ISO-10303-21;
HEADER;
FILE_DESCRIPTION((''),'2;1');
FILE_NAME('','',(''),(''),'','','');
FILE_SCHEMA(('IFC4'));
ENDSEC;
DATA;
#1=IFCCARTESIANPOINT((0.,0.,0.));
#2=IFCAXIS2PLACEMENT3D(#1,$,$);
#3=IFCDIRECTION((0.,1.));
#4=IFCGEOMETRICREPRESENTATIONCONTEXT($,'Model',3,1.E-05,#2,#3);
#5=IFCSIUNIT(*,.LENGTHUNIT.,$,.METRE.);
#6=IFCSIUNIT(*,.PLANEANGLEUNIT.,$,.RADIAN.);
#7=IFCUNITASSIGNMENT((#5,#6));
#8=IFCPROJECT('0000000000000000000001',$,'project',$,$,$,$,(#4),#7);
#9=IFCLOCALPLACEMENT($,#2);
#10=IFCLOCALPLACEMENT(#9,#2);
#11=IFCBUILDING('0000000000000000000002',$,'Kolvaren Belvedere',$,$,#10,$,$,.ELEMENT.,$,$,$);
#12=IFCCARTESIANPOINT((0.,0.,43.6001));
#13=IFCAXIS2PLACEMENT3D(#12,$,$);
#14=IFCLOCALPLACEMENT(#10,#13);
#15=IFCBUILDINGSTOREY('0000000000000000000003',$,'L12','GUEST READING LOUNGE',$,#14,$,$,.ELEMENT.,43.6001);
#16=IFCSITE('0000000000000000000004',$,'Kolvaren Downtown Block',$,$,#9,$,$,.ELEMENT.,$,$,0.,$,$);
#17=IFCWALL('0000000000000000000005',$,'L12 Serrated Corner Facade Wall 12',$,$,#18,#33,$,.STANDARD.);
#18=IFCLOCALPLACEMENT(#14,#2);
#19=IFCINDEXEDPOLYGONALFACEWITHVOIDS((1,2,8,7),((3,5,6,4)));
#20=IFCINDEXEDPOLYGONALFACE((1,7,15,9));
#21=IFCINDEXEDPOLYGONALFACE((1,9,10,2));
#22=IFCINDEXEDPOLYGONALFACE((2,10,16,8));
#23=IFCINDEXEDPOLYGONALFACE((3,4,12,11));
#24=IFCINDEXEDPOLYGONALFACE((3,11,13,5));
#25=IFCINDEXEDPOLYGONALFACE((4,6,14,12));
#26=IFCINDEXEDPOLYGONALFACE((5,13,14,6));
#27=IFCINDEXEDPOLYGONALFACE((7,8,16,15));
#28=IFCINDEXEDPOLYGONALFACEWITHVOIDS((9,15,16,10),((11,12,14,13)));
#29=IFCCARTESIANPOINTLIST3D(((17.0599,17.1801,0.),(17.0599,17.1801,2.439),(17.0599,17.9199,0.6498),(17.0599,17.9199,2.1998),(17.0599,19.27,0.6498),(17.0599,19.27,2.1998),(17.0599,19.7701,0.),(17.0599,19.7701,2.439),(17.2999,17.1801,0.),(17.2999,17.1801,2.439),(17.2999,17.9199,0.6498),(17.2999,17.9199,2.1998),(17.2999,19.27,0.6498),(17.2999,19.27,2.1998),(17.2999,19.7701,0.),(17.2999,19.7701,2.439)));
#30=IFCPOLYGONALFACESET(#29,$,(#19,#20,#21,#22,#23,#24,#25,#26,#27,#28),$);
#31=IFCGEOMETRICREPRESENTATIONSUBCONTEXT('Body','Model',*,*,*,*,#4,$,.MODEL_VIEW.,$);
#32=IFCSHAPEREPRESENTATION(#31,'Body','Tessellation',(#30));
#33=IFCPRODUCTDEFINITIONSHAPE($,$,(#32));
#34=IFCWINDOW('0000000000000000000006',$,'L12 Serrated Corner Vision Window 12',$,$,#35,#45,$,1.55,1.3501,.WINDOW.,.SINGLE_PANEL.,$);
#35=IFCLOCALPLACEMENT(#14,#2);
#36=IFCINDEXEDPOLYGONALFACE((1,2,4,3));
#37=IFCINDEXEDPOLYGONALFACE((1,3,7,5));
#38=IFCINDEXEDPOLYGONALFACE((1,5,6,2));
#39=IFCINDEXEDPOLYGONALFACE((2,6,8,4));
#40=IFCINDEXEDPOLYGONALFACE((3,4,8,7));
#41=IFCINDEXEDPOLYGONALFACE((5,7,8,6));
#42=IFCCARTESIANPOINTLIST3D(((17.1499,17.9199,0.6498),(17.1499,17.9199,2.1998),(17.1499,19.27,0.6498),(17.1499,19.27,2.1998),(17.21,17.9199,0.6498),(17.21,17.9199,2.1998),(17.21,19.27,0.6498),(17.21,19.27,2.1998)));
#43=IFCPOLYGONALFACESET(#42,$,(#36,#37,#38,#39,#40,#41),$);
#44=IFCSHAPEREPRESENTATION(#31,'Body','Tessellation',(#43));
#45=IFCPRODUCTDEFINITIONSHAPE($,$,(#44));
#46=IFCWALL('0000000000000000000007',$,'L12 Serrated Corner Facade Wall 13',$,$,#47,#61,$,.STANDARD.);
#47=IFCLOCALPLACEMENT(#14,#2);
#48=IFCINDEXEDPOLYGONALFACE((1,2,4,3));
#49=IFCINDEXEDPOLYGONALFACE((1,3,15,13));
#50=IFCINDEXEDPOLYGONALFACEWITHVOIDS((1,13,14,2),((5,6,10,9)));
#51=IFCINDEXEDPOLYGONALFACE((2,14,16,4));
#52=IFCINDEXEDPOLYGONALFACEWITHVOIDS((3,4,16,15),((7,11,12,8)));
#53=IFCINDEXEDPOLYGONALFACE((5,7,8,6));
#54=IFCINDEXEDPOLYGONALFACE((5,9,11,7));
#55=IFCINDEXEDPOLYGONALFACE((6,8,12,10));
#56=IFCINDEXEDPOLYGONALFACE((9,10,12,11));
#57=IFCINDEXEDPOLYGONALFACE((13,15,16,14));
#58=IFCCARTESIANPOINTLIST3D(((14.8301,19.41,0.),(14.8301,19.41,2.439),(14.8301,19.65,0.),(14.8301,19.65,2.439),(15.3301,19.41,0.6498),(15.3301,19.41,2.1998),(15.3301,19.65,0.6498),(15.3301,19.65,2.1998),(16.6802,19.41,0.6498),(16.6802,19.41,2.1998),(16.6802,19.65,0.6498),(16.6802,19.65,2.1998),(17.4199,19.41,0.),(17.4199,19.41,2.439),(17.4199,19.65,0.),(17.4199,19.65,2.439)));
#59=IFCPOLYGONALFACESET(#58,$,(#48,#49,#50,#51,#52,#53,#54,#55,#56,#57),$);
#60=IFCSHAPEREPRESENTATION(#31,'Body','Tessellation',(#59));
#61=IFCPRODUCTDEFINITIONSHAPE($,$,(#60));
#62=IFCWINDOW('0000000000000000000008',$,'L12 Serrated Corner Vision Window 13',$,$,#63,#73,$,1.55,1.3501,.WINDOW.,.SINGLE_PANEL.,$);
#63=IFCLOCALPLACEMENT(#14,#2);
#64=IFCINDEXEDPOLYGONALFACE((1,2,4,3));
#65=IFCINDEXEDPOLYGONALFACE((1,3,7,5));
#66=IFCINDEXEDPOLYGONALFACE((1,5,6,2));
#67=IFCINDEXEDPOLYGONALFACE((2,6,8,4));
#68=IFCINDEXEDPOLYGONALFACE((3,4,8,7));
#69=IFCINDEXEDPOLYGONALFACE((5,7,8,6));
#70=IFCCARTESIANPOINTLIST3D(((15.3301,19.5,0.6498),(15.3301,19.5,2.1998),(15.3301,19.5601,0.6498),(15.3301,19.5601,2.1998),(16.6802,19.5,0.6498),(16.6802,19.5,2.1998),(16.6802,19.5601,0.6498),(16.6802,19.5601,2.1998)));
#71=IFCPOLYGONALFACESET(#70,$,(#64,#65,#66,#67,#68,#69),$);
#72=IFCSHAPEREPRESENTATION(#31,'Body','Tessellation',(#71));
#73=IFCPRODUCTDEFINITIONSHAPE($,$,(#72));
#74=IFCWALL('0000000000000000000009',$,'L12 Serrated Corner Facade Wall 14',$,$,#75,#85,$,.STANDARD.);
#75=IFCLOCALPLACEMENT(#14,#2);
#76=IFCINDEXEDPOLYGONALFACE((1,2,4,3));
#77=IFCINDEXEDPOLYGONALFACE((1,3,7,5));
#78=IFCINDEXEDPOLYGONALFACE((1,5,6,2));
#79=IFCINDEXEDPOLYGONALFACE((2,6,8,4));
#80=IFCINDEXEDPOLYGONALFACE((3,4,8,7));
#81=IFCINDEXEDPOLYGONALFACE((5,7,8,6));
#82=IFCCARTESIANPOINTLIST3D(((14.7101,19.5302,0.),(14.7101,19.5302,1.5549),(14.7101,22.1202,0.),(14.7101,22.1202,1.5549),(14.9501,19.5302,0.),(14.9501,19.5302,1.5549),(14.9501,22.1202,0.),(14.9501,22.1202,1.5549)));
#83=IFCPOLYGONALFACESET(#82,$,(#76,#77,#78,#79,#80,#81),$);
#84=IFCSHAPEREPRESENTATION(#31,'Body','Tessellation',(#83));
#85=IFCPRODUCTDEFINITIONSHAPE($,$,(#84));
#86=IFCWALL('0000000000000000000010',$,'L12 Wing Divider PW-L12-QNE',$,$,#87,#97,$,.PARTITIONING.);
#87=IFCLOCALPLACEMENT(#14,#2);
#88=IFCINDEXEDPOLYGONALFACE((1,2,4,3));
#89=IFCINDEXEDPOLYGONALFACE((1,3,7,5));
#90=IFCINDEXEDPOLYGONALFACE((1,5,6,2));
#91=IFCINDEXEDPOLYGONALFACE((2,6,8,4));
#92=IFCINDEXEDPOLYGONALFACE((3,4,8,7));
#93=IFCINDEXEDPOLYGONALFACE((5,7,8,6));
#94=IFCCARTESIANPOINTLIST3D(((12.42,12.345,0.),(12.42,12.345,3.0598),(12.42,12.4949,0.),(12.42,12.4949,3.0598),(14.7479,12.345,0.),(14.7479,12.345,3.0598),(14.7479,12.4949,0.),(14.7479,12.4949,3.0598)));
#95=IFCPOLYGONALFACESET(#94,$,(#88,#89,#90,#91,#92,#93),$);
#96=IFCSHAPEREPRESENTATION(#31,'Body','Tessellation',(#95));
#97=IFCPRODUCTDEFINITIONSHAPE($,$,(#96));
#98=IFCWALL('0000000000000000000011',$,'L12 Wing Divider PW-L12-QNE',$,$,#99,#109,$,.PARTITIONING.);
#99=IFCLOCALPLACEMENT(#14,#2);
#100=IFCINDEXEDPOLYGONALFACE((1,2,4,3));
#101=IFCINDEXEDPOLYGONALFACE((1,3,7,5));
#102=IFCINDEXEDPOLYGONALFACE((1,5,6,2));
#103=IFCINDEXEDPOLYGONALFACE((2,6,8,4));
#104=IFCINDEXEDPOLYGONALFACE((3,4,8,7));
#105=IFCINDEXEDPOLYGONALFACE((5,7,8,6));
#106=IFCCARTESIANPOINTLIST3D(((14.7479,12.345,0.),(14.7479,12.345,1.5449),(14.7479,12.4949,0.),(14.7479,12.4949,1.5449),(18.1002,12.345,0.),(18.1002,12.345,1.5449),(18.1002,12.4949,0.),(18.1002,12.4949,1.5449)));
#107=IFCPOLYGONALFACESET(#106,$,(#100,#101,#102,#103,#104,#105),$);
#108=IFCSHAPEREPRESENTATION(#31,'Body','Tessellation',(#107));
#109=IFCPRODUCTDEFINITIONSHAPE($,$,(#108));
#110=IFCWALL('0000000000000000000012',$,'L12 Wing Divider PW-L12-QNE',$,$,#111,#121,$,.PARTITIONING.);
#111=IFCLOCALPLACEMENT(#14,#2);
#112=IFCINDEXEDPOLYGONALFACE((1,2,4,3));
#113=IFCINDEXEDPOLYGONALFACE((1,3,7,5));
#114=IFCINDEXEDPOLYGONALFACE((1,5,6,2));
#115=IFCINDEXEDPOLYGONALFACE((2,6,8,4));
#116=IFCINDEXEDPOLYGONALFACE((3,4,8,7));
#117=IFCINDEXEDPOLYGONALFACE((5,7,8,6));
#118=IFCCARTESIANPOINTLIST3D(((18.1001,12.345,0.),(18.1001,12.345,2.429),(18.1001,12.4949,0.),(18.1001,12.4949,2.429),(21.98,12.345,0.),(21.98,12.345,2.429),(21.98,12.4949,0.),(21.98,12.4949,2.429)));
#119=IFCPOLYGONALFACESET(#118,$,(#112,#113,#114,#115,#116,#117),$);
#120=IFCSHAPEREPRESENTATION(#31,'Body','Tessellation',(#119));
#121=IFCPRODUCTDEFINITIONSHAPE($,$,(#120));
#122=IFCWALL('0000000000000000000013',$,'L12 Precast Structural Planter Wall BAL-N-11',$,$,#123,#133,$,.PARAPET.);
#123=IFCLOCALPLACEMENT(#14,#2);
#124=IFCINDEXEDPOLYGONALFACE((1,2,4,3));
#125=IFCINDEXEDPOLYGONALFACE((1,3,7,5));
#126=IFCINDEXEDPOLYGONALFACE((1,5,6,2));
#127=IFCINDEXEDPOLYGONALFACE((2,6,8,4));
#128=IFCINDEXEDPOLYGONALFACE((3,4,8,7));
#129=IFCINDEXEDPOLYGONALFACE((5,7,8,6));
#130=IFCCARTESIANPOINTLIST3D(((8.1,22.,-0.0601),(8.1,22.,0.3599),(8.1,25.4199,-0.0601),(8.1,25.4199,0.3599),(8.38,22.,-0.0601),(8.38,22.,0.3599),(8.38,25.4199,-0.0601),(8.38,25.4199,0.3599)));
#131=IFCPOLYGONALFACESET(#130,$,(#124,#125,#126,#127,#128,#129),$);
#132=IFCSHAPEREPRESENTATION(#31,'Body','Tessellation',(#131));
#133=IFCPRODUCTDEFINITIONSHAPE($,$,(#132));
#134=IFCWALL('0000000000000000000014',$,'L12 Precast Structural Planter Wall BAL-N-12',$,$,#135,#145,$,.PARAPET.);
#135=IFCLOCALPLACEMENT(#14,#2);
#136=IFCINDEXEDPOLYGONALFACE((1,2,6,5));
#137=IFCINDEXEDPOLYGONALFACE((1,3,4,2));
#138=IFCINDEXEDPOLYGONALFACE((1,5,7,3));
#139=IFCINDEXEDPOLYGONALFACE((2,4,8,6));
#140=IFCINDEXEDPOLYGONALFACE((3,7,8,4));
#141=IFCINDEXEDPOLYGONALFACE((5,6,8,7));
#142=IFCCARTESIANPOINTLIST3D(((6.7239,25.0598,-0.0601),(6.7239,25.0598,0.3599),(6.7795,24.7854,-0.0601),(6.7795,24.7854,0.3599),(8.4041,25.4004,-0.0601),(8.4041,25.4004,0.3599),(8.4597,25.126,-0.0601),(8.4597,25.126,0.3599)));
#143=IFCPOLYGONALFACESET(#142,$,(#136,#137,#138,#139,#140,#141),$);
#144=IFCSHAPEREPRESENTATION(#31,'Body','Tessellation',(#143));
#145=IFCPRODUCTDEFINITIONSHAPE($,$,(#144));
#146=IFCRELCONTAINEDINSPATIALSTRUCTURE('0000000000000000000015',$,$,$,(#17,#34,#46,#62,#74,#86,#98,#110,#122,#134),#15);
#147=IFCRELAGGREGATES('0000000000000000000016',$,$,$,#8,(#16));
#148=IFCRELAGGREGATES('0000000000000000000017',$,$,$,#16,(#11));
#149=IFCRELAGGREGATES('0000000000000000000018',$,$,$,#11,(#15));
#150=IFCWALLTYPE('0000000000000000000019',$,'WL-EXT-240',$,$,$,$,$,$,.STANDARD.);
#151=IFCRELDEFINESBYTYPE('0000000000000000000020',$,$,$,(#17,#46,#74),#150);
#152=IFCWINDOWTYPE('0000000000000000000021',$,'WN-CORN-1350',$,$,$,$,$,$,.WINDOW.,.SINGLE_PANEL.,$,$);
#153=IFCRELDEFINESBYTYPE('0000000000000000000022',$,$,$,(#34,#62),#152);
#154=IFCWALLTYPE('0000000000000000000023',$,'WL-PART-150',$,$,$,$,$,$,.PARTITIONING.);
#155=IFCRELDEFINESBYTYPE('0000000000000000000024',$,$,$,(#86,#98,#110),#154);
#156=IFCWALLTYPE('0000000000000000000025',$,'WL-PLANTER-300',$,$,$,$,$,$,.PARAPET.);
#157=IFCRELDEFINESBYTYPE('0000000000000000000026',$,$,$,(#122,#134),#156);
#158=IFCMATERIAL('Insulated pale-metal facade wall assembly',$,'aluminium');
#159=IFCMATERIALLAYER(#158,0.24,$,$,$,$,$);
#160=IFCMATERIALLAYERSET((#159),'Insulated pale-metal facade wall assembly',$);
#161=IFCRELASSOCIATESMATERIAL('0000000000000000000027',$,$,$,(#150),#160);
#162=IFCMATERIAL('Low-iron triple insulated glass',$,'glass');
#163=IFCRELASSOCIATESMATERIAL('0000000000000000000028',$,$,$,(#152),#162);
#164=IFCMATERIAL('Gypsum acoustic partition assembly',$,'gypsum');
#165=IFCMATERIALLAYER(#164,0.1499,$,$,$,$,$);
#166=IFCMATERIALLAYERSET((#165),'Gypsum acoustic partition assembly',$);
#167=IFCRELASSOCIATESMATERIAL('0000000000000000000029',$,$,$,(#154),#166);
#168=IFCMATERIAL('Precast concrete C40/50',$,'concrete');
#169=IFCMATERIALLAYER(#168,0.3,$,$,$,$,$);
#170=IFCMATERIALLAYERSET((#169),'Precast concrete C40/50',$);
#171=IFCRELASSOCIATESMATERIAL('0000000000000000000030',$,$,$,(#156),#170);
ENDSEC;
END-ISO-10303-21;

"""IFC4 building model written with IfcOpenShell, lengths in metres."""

from ifc_helpers import new_model, si_unit, direction, frame, frame_2d, origin, place, context, subcontext, project, spatial, rectangle, extrude, material, layer, layer_set, type_object, element, fill, save


model = new_model("IFC4")

# Units and contexts
model_context = context("Model", 3, precision=1e-05, world=origin(), true_north=direction((0.0, 1.0)))
body_context = subcontext(model_context, "Body", "Model", "MODEL_VIEW")
ifc_project = project(units=[si_unit("LENGTHUNIT", "METRE"), si_unit("PLANEANGLEUNIT", "RADIAN")], contexts=[model_context])

# Site, building, storey
site_placement = place(None, origin())
site = spatial("IfcSite", under=ifc_project, at=site_placement, Name="Kolvaren Downtown Block", CompositionType="ELEMENT", RefElevation=0.0)
building_placement = place(site_placement, origin())
building = spatial("IfcBuilding", under=site, at=building_placement, Name="Kolvaren Belvedere", CompositionType="ELEMENT")
storey_placement = place(building_placement, frame((0.0, 0.0, 43.6001)))
storey = spatial("IfcBuildingStorey", under=building, at=storey_placement, Name="L12", Description="GUEST READING LOUNGE", CompositionType="ELEMENT", Elevation=43.6001)

# Shared definitions
ifc_material_1 = material(Name="Insulated pale-metal facade wall assembly", Category="aluminium")
ifc_layer_1 = layer(ifc_material_1, 0.24)
ifc_layer_set_1 = layer_set([ifc_layer_1], Name="Insulated pale-metal facade wall assembly")
wall_type_1 = type_object("IfcWallType", Name="WL-EXT-240", PredefinedType="STANDARD", material=ifc_layer_set_1)

# Walls, openings, windows
ifc_material_2 = material(Name="Low-iron triple insulated glass", Category="glass")
window_type = type_object("IfcWindowType", Name="WN-CORN-1350", PartitioningType="SINGLE_PANEL", PredefinedType="WINDOW", material=ifc_material_2)
wall_1_placement = place(storey_placement, frame((17.1799, 19.77, 0.0), z_axis=(0.0, 0.0, 1.0), x_axis=(0.0, -1.0, 0.0)))
wall_1 = element("IfcWall", 1, at=wall_1_placement, inside=storey, type_object=wall_type_1, Name="L12 Serrated Corner Facade Wall 12", PredefinedType="STANDARD", context=body_context, shape_type="SweptSolid", body=[
    extrude(rectangle(XDim=2.5901, YDim=0.24, at=frame_2d((1.2949, 0.0))), origin(), (0.0, 0.0, 1.0), 2.439),
])
opening_1_placement = place(wall_1_placement, frame((0.5, 0.0, 0.6499)))
opening_1 = element("IfcOpeningElement", 2, at=opening_1_placement, cuts=wall_1, PredefinedType="OPENING", context=body_context, shape_type="SweptSolid", body=[
    extrude(rectangle(XDim=1.3501, YDim=1.55, at=frame_2d((0.675, 0.7749))), frame((0.0, 0.1299, 0.0), z_axis=(0.0, -1.0, 0.0), x_axis=(1.0, 0.0, 0.0)), (0.0, 0.0, 1.0), 0.26),
])
window_1_placement = place(opening_1_placement, origin())
window_1 = element("IfcWindow", 3, at=window_1_placement, inside=storey, type_object=window_type, Name="L12 Serrated Corner Vision Window 12", OverallHeight=1.55, OverallWidth=1.3501, PartitioningType="SINGLE_PANEL", PredefinedType="WINDOW", context=body_context, shape_type="SweptSolid", body=[
    extrude(rectangle(XDim=1.3501, YDim=1.55, at=frame_2d((0.675, 0.7749))), frame((0.0, 0.03, 0.0), z_axis=(0.0, -1.0, 0.0), x_axis=(1.0, 0.0, 0.0)), (0.0, 0.0, 1.0), 0.0601),
])
fill(opening_1, window_1)
wall_2_placement = place(storey_placement, frame((14.8301, 19.53, 0.0), z_axis=(0.0, 0.0, 1.0), x_axis=(1.0, 0.0, 0.0)))
wall_2 = element("IfcWall", 4, at=wall_2_placement, inside=storey, type_object=wall_type_1, Name="L12 Serrated Corner Facade Wall 13", PredefinedType="STANDARD", context=body_context, shape_type="SweptSolid", body=[
    extrude(rectangle(XDim=2.5898, YDim=0.24, at=frame_2d((1.2949, 0.0))), origin(), (0.0, 0.0, 1.0), 2.439),
])
opening_2_placement = place(wall_2_placement, frame((0.5, 0.0, 0.6499)))
opening_2 = element("IfcOpeningElement", 5, at=opening_2_placement, cuts=wall_2, PredefinedType="OPENING", context=body_context, shape_type="SweptSolid", body=[
    extrude(rectangle(XDim=1.3501, YDim=1.55, at=frame_2d((0.675, 0.7749))), frame((0.0, 0.1299, 0.0), z_axis=(0.0, -1.0, 0.0), x_axis=(1.0, 0.0, 0.0)), (0.0, 0.0, 1.0), 0.26),
])
window_2_placement = place(opening_2_placement, origin())
window_2 = element("IfcWindow", 6, at=window_2_placement, inside=storey, type_object=window_type, Name="L12 Serrated Corner Vision Window 13", OverallHeight=1.55, OverallWidth=1.3501, PartitioningType="SINGLE_PANEL", PredefinedType="WINDOW", context=body_context, shape_type="SweptSolid", body=[
    extrude(rectangle(XDim=1.3501, YDim=1.55, at=frame_2d((0.675, 0.7749))), frame((0.0, 0.03, 0.0), z_axis=(0.0, -1.0, 0.0), x_axis=(1.0, 0.0, 0.0)), (0.0, 0.0, 1.0), 0.0601),
])
fill(opening_2, window_2)

# Walls
wall_3_placement = place(storey_placement, frame((14.8301, 22.1201, 0.0), z_axis=(0.0, 0.0, 1.0), x_axis=(0.0, -1.0, 0.0)))
element("IfcWall", 7, at=wall_3_placement, inside=storey, type_object=wall_type_1, Name="L12 Serrated Corner Facade Wall 14", PredefinedType="STANDARD", context=body_context, shape_type="SweptSolid", body=[
    extrude(rectangle(XDim=2.5901, YDim=0.24, at=frame_2d((1.2949, 0.0))), origin(), (0.0, 0.0, 1.0), 1.5549),
])
ifc_material_3 = material(Name="Gypsum acoustic partition assembly", Category="gypsum")
ifc_layer_2 = layer(ifc_material_3, 0.1499)
ifc_layer_set_2 = layer_set([ifc_layer_2], Name="Gypsum acoustic partition assembly")
wall_type_2 = type_object("IfcWallType", Name="WL-PART-150", PredefinedType="PARTITIONING", material=ifc_layer_set_2)
wall_4_placement = place(storey_placement, frame((12.4199, 12.4199, 0.0), z_axis=(0.0, 0.0, 1.0), x_axis=(1.0, 0.0, 0.0)))
element("IfcWall", 8, at=wall_4_placement, inside=storey, type_object=wall_type_2, Name="L12 Wing Divider PW-L12-QNE", PredefinedType="PARTITIONING", context=body_context, shape_type="SweptSolid", body=[
    extrude(rectangle(XDim=2.3279, YDim=0.1499, at=frame_2d((1.1641, 0.0))), origin(), (0.0, 0.0, 1.0), 3.0598),
])
wall_5_placement = place(storey_placement, frame((14.7478, 12.4199, 0.0), z_axis=(0.0, 0.0, 1.0), x_axis=(1.0, 0.0, 0.0)))
element("IfcWall", 9, at=wall_5_placement, inside=storey, type_object=wall_type_2, Name="L12 Wing Divider PW-L12-QNE", PredefinedType="PARTITIONING", context=body_context, shape_type="SweptSolid", body=[
    extrude(rectangle(XDim=3.3523, YDim=0.1499, at=frame_2d((1.6763, 0.0))), origin(), (0.0, 0.0, 1.0), 1.5449),
])
wall_6_placement = place(storey_placement, frame((18.1001, 12.4199, 0.0), z_axis=(0.0, 0.0, 1.0), x_axis=(1.0, 0.0, 0.0)))
element("IfcWall", 10, at=wall_6_placement, inside=storey, type_object=wall_type_2, Name="L12 Wing Divider PW-L12-QNE", PredefinedType="PARTITIONING", context=body_context, shape_type="SweptSolid", body=[
    extrude(rectangle(XDim=3.8799, YDim=0.1499, at=frame_2d((1.9399, 0.0))), origin(), (0.0, 0.0, 1.0), 2.429),
])
ifc_material_4 = material(Name="Precast concrete C40/50", Category="concrete")
ifc_layer_3 = layer(ifc_material_4, 0.3)
ifc_layer_set_3 = layer_set([ifc_layer_3], Name="Precast concrete C40/50")
wall_type_3 = type_object("IfcWallType", Name="WL-PLANTER-300", PredefinedType="PARAPET", material=ifc_layer_set_3)
wall_7_placement = place(storey_placement, frame((8.24, 22.0, -0.0601), z_axis=(0.0, 0.0, 1.0), x_axis=(0.0, 1.0, 0.0)))
element("IfcWall", 11, at=wall_7_placement, inside=storey, type_object=wall_type_3, Name="L12 Precast Structural Planter Wall BAL-N-11", PredefinedType="PARAPET", context=body_context, shape_type="SweptSolid", body=[
    extrude(rectangle(XDim=3.4199, YDim=0.28, at=frame_2d((1.71, 0.0))), origin(), (0.0, 0.0, 1.0), 0.4199),
])
wall_8_placement = place(storey_placement, frame((8.4319, 25.2632, -0.0601), z_axis=(0.0, 0.0, 1.0), x_axis=(-0.980068, -0.198662, 0.0)))
element("IfcWall", 12, at=wall_8_placement, inside=storey, type_object=wall_type_3, Name="L12 Precast Structural Planter Wall BAL-N-12", PredefinedType="PARAPET", context=body_context, shape_type="SweptSolid", body=[
    extrude(rectangle(XDim=1.7144, YDim=0.28, at=frame_2d((0.8572, 0.0))), origin(), (0.0, 0.0, 1.0), 0.4199),
])

save(model, "model.ifc")
